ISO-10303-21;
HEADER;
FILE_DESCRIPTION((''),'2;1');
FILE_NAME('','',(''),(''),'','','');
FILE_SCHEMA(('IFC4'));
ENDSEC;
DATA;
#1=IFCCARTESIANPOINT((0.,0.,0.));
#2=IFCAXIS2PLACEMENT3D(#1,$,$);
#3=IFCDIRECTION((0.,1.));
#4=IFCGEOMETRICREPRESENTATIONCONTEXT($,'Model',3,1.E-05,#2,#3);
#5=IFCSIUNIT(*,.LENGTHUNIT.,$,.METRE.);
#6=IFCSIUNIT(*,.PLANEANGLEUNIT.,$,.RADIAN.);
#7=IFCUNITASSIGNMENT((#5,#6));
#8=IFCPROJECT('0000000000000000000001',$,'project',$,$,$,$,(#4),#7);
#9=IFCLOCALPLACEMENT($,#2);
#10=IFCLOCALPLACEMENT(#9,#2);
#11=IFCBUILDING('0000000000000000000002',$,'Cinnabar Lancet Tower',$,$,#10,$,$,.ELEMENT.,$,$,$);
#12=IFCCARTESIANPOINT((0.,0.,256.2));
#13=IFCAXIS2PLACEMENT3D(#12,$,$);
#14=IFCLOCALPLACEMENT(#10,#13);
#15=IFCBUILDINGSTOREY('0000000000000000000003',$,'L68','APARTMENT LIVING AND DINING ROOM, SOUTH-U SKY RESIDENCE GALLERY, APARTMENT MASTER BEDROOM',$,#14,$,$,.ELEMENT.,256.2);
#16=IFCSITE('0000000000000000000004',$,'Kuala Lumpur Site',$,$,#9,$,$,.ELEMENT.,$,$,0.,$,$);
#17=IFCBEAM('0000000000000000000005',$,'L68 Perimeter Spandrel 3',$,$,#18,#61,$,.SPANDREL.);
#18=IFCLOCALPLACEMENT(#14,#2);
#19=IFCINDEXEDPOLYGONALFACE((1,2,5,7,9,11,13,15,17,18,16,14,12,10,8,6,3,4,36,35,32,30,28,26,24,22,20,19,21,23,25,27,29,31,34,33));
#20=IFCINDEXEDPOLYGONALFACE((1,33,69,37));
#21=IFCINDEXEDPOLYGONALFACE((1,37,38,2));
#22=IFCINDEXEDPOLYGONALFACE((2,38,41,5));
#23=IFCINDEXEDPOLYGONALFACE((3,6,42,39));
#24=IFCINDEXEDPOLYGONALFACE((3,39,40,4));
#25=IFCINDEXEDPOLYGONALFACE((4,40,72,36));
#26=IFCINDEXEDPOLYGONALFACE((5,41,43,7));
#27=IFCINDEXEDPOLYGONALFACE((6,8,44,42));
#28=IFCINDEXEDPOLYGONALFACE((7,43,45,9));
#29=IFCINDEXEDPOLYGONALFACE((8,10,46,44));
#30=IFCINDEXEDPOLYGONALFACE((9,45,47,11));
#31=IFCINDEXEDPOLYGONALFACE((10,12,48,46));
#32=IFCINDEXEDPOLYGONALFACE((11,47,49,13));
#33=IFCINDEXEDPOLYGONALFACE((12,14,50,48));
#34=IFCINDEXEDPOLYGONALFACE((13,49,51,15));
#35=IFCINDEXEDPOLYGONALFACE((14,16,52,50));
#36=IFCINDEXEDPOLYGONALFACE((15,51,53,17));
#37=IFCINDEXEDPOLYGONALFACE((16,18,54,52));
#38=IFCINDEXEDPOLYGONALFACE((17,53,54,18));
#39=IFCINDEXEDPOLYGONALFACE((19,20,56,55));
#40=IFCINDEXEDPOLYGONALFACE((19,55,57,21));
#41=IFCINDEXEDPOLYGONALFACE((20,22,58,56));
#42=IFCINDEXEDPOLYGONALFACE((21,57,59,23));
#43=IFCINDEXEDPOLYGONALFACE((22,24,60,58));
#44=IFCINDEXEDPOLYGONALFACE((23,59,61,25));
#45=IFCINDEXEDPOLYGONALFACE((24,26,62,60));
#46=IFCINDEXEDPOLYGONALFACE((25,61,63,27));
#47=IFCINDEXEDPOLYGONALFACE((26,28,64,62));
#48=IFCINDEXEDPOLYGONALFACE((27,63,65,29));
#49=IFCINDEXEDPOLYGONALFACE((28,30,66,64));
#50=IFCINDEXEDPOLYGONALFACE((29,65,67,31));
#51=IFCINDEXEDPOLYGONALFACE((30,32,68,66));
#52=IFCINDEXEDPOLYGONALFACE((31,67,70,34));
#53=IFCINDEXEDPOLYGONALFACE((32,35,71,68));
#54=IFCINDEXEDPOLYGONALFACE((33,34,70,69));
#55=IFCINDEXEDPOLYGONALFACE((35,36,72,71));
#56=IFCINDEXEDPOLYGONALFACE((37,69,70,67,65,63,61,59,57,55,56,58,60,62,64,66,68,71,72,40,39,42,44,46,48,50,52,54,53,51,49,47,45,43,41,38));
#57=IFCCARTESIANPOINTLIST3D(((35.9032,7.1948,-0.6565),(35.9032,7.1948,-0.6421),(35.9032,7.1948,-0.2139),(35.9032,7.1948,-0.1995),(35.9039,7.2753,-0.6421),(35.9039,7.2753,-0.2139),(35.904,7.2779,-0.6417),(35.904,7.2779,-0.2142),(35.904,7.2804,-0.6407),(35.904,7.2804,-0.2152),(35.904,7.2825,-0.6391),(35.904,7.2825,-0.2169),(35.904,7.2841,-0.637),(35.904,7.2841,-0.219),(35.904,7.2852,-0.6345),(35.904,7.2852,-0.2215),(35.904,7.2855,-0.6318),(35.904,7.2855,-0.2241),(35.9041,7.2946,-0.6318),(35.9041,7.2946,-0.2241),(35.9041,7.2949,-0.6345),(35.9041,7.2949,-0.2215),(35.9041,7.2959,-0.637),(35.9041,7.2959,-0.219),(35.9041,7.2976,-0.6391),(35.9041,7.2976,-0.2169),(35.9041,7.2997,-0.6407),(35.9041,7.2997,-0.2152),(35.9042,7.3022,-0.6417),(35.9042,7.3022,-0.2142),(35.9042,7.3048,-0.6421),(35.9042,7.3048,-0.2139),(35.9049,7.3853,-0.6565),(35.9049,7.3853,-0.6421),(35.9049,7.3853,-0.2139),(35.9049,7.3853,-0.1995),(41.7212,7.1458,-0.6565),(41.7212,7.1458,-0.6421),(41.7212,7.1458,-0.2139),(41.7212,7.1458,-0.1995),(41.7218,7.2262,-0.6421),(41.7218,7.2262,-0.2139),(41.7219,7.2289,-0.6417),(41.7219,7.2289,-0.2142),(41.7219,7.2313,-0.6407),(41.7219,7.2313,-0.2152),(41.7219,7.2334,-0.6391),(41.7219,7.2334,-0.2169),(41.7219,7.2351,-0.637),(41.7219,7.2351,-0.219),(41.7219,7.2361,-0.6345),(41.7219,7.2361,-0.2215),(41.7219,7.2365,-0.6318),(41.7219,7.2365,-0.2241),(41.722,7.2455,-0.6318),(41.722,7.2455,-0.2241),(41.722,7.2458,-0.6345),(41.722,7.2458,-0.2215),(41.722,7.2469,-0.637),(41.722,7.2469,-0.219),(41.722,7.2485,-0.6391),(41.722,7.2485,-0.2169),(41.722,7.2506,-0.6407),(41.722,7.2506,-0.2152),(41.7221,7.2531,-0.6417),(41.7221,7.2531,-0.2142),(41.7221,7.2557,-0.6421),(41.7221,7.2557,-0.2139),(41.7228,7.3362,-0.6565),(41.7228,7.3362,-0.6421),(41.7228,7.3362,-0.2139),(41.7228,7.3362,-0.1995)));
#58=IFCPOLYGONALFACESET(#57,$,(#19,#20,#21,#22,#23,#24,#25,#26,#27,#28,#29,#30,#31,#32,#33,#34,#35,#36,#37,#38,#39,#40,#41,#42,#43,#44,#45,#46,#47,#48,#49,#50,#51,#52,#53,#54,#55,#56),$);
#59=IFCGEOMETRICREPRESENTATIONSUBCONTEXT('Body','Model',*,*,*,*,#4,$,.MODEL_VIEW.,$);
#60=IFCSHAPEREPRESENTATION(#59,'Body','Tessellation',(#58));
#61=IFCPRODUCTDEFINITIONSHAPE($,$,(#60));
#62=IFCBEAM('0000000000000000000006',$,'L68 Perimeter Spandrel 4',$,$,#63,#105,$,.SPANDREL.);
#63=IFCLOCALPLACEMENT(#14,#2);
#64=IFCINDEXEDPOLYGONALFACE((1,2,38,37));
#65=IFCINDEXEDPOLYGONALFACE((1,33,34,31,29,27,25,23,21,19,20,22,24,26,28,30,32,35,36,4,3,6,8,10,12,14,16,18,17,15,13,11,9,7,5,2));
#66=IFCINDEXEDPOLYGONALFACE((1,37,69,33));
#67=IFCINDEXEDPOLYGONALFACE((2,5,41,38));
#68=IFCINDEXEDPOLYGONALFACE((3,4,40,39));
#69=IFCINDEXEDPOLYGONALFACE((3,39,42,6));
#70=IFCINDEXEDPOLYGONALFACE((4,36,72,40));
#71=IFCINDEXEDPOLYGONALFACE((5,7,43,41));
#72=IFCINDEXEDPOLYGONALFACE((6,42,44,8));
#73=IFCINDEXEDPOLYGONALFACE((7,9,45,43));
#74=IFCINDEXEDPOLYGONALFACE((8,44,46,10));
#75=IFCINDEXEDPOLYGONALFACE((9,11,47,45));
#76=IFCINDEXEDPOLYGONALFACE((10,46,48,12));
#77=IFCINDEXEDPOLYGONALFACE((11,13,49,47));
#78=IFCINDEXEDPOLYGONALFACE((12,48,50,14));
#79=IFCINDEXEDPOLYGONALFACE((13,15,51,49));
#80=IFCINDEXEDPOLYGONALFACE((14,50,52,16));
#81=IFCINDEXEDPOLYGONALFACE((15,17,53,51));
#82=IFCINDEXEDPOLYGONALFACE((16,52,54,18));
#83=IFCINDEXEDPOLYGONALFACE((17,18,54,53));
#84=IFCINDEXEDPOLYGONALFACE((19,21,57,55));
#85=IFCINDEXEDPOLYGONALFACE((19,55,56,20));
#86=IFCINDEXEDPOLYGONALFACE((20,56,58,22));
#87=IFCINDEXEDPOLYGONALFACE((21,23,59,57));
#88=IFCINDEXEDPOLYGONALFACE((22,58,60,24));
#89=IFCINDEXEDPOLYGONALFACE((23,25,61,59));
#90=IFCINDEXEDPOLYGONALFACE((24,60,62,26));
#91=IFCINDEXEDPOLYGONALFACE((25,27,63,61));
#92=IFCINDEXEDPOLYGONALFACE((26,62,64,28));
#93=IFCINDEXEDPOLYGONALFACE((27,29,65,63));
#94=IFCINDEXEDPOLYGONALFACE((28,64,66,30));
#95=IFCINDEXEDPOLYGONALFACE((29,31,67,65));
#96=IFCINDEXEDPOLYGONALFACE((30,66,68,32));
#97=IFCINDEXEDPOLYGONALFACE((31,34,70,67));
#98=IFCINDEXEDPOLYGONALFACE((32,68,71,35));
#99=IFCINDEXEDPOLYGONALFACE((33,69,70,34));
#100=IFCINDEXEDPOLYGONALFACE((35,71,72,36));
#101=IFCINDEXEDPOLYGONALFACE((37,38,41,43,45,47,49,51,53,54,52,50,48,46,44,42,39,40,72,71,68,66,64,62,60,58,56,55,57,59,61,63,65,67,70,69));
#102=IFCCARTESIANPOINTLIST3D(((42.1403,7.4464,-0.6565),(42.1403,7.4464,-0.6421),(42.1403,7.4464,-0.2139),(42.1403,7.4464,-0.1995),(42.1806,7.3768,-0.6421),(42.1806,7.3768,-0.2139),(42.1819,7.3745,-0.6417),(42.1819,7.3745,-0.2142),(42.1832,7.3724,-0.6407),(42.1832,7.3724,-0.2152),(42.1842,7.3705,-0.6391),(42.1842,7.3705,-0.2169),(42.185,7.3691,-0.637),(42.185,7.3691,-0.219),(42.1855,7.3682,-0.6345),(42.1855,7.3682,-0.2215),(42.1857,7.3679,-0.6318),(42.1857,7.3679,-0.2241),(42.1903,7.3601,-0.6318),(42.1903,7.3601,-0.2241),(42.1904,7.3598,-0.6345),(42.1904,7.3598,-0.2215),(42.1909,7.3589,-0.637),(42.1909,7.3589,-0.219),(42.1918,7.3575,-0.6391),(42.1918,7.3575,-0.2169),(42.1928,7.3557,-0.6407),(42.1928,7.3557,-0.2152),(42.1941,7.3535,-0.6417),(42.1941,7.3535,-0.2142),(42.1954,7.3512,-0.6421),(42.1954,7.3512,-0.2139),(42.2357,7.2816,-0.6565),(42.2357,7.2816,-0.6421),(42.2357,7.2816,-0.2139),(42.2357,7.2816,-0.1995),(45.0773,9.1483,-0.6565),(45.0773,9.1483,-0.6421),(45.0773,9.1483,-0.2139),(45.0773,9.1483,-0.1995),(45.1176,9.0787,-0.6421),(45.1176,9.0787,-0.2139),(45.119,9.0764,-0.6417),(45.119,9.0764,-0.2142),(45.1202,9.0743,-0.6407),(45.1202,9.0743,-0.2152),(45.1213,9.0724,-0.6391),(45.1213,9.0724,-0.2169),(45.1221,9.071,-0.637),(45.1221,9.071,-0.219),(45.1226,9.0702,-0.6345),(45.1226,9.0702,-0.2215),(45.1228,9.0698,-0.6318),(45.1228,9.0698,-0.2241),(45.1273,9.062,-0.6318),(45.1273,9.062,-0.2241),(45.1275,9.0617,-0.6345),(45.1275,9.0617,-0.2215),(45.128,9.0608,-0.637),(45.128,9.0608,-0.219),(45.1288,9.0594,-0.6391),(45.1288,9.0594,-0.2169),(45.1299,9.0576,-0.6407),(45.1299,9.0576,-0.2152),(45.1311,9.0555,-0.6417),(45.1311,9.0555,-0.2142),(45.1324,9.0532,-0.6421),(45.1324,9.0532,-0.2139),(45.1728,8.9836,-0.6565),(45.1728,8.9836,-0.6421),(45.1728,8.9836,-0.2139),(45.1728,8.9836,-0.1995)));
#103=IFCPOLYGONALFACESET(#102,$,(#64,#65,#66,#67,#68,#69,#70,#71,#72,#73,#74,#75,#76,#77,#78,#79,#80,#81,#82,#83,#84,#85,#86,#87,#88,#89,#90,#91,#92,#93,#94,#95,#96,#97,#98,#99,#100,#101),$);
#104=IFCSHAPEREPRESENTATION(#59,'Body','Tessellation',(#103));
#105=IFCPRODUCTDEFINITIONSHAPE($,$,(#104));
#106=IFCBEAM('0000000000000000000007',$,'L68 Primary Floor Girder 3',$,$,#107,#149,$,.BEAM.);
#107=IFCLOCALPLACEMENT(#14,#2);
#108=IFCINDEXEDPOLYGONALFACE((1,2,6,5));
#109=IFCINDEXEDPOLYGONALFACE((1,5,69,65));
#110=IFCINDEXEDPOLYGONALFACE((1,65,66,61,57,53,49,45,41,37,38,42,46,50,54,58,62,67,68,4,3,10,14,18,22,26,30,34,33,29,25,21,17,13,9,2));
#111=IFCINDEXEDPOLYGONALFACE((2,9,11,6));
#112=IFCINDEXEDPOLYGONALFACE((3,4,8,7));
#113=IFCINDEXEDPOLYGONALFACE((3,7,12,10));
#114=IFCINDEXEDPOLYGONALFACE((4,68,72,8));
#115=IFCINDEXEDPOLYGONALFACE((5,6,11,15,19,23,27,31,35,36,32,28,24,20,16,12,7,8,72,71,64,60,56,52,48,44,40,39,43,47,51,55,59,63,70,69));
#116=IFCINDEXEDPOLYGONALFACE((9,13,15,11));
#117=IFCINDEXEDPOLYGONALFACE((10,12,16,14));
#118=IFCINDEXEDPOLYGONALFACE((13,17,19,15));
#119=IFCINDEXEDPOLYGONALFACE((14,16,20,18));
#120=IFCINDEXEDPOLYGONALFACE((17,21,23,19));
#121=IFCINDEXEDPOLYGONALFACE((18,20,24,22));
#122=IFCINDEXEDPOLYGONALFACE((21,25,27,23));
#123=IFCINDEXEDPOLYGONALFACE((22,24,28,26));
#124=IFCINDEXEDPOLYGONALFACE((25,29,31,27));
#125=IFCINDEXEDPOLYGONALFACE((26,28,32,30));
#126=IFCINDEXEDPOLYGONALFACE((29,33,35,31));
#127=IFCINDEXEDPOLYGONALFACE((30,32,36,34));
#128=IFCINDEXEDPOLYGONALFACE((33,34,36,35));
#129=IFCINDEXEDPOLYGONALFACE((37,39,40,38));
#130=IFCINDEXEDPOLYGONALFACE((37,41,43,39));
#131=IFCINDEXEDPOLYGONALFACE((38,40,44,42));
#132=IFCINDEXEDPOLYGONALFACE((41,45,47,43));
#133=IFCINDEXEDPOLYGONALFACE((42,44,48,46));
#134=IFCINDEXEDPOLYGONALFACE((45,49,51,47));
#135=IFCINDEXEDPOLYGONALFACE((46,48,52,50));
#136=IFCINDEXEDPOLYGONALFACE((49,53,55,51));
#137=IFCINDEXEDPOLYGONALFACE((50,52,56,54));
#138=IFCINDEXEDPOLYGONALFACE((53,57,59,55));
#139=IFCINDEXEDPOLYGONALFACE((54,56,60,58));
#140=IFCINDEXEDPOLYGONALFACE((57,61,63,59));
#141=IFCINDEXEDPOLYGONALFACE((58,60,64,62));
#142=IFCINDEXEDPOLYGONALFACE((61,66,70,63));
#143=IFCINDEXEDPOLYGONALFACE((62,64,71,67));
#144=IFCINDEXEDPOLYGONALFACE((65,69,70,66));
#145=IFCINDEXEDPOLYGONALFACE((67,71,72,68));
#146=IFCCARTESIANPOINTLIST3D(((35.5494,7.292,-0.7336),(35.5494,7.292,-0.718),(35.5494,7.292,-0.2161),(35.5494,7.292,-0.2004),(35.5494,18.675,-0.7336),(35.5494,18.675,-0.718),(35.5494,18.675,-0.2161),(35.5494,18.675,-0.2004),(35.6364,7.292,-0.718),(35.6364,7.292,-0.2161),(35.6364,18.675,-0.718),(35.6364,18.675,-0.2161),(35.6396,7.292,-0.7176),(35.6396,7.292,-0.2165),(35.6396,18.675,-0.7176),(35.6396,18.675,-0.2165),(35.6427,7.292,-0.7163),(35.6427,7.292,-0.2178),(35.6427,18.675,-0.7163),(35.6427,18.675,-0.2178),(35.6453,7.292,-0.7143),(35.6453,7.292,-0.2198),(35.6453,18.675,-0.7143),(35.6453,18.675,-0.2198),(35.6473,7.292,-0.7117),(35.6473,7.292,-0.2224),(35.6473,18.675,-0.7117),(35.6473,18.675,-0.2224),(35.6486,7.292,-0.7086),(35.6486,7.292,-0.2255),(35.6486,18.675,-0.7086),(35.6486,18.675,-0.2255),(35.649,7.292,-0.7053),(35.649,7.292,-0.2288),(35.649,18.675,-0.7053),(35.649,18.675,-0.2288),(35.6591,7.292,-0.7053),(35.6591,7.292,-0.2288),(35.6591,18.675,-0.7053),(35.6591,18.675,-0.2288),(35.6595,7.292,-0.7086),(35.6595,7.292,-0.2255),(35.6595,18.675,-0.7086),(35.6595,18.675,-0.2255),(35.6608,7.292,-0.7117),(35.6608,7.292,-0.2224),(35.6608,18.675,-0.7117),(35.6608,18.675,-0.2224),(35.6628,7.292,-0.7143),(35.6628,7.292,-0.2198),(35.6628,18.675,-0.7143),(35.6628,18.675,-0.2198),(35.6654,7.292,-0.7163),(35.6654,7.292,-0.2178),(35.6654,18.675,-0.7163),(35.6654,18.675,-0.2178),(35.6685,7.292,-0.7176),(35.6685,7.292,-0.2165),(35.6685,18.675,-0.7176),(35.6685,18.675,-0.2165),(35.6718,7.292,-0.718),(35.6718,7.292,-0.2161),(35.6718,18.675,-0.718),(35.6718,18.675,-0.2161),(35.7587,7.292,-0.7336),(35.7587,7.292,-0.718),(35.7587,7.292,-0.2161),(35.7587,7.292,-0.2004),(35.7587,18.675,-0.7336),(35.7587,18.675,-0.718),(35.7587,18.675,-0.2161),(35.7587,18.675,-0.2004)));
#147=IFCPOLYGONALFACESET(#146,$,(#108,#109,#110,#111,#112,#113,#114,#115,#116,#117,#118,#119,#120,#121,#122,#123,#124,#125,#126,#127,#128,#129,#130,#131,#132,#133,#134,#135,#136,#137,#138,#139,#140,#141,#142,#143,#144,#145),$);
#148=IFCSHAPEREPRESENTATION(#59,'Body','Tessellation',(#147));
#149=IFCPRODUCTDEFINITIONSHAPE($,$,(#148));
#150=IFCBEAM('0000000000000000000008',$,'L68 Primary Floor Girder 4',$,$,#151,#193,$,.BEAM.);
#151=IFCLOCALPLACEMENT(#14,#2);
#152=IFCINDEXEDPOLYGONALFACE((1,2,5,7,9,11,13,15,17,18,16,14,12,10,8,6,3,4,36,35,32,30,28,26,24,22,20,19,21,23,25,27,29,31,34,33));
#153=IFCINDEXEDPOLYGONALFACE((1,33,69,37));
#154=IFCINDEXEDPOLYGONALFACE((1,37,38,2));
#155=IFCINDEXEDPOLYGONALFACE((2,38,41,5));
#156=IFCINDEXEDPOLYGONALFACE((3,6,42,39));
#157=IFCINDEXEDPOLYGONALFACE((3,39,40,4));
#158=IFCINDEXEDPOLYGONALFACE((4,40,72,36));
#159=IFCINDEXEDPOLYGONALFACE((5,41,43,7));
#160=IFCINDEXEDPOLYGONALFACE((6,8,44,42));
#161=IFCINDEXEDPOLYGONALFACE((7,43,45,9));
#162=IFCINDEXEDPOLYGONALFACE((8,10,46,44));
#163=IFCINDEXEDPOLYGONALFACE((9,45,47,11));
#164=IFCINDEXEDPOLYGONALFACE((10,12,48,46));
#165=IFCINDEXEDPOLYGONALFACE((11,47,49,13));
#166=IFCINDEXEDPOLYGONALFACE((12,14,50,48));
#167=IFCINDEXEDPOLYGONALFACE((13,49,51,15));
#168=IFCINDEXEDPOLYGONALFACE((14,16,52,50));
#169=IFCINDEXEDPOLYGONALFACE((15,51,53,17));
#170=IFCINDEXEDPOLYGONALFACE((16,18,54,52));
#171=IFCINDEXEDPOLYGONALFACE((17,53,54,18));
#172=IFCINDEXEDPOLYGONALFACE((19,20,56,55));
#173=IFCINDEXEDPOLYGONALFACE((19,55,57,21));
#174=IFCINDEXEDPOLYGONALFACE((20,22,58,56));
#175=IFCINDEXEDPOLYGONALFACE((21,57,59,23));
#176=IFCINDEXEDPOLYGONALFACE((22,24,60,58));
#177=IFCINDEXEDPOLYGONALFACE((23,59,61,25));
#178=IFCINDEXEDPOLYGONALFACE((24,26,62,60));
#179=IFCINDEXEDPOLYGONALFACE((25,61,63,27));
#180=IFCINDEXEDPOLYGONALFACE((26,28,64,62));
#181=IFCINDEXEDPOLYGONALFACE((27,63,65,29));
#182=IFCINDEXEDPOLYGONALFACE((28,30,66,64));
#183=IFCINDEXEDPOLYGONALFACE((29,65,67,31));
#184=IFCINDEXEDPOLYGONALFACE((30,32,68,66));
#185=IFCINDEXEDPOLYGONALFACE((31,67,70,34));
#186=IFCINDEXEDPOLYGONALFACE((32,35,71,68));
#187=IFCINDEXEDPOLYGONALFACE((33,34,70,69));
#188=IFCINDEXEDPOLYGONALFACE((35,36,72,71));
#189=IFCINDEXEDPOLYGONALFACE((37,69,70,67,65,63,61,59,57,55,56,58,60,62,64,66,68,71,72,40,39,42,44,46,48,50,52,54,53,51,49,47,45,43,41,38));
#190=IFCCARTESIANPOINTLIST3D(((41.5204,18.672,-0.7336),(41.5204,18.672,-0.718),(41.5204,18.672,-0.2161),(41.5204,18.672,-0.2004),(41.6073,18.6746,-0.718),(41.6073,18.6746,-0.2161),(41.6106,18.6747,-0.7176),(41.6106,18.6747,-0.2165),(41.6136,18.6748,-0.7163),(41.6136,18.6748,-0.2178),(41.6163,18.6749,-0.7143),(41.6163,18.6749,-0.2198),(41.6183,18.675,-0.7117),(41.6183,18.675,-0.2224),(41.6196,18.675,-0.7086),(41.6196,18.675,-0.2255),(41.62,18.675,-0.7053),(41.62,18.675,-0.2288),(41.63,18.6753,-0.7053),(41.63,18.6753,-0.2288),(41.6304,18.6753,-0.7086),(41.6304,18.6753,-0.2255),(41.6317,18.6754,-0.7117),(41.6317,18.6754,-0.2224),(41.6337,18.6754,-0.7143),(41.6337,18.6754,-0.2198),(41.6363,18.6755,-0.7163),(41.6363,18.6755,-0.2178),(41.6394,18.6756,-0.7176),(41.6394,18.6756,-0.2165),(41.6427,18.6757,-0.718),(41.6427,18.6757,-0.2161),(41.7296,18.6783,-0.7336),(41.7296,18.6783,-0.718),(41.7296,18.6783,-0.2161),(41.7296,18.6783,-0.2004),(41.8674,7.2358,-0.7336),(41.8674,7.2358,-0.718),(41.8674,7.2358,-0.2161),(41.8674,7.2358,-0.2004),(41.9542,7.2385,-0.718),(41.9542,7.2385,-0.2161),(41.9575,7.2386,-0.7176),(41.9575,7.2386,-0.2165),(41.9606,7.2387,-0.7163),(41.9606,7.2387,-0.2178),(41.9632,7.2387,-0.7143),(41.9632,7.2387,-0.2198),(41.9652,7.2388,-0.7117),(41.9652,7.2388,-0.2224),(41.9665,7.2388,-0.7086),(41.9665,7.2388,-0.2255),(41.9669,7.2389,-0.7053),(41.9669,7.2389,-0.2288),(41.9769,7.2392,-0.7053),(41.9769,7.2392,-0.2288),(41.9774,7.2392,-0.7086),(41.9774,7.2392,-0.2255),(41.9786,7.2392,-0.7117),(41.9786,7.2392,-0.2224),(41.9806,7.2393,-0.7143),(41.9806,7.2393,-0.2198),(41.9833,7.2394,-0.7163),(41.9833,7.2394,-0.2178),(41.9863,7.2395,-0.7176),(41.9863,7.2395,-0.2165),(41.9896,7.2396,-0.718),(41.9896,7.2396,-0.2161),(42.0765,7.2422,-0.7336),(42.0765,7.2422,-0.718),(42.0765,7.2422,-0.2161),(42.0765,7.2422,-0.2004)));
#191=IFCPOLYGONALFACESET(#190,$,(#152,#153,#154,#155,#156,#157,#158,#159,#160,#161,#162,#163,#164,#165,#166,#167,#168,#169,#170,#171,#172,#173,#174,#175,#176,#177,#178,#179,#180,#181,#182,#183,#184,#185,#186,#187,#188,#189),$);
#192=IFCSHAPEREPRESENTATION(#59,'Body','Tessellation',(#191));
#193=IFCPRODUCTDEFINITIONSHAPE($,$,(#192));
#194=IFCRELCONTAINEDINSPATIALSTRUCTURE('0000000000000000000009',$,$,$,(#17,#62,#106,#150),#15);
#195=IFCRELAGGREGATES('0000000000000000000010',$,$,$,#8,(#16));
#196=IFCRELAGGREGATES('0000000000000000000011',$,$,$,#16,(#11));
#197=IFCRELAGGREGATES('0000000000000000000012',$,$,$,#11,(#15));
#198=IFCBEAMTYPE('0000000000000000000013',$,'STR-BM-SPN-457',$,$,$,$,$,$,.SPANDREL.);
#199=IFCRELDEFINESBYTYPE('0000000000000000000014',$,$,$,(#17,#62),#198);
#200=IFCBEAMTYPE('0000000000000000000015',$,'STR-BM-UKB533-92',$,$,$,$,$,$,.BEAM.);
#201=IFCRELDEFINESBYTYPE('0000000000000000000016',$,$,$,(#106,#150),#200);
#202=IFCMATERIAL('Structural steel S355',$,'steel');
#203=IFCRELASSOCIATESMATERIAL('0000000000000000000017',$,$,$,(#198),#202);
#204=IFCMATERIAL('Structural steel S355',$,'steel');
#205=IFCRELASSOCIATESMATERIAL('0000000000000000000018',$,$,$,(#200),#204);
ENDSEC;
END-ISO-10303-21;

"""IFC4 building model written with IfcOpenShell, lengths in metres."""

from ifc_helpers import new_model, si_unit, direction, frame, origin, origin_2d, place, context, subcontext, project, spatial, i_section, extrude, material, material_profile, profile_set, type_object, element, save


model = new_model("IFC4")

# Units and contexts
model_context = context("Model", 3, precision=1e-05, world=origin(), true_north=direction((0.0, 1.0)))
body_context = subcontext(model_context, "Body", "Model", "MODEL_VIEW")
ifc_project = project(units=[si_unit("LENGTHUNIT", "METRE"), si_unit("PLANEANGLEUNIT", "RADIAN")], contexts=[model_context])

# Site, building, storey
site_placement = place(None, origin())
site = spatial("IfcSite", under=ifc_project, at=site_placement, Name="Kuala Lumpur Site", CompositionType="ELEMENT", RefElevation=0.0)
building_placement = place(site_placement, origin())
building = spatial("IfcBuilding", under=site, at=building_placement, Name="Cinnabar Lancet Tower", CompositionType="ELEMENT")
storey_placement = place(building_placement, frame((0.0, 0.0, 256.2)))
storey = spatial("IfcBuildingStorey", under=building, at=storey_placement, Name="L68", Description="APARTMENT LIVING AND DINING ROOM, SOUTH-U SKY RESIDENCE GALLERY, APARTMENT MASTER BEDROOM", CompositionType="ELEMENT", Elevation=256.2)

# Beams
ifc_material_1 = material(Name="Structural steel S355", Category="steel")
ifc_material_profile_1 = material_profile(ifc_material_1, i_section(OverallWidth=0.1904, OverallDepth=0.457, WebThickness=0.009, FlangeThickness=0.0144, FilletRadius=0.0103, at=origin_2d()), Name="UKB 457x191x74")
ifc_profile_set_1 = profile_set([ifc_material_profile_1], Name="Structural steel S355")
beam_type_1 = type_object("IfcBeamType", Name="STR-BM-SPN-457", PredefinedType="SPANDREL", material=ifc_profile_set_1)
beam_1_placement = place(storey_placement, frame((35.9041, 7.29, -0.428), z_axis=(0.999964, -0.008434, 0.0), x_axis=(0.008434, 0.999964, 0.0)))
element("IfcBeam", 1, at=beam_1_placement, inside=storey, type_object=beam_type_1, Name="L68 Perimeter Spandrel 3", PredefinedType="SPANDREL", context=body_context, shape_type="SweptSolid", body=[
    extrude(i_section(OverallWidth=0.1904, OverallDepth=0.457, WebThickness=0.009, FlangeThickness=0.0144, FilletRadius=0.0103, at=origin_2d()), origin(), (0.0, 0.0, 1.0), 5.8181),
])
beam_2_placement = place(storey_placement, frame((42.188, 7.364, -0.428), z_axis=(0.865231, 0.501374, 0.0), x_axis=(-0.501374, 0.865231, 0.0)))
element("IfcBeam", 2, at=beam_2_placement, inside=storey, type_object=beam_type_1, Name="L68 Perimeter Spandrel 4", PredefinedType="SPANDREL", context=body_context, shape_type="SweptSolid", body=[
    extrude(i_section(OverallWidth=0.1904, OverallDepth=0.457, WebThickness=0.009, FlangeThickness=0.0144, FilletRadius=0.0103, at=origin_2d()), origin(), (0.0, 0.0, 1.0), 3.3945),
])
ifc_material_2 = material(Name="Structural steel S355", Category="steel")
ifc_material_profile_2 = material_profile(ifc_material_2, i_section(OverallWidth=0.2092, OverallDepth=0.5332, WebThickness=0.01, FlangeThickness=0.0156, FilletRadius=0.0127, at=origin_2d()), Name="UKB 533x210x92")
ifc_profile_set_2 = profile_set([ifc_material_profile_2], Name="Structural steel S355")
beam_type_2 = type_object("IfcBeamType", Name="STR-BM-UKB533-92", PredefinedType="BEAM", material=ifc_profile_set_2)
beam_3_placement = place(storey_placement, frame((35.6541, 7.292, -0.467), z_axis=(0.0, 1.0, 0.0), x_axis=(-1.0, 0.0, 0.0)))
element("IfcBeam", 3, at=beam_3_placement, inside=storey, type_object=beam_type_2, Name="L68 Primary Floor Girder 3", PredefinedType="BEAM", context=body_context, shape_type="SweptSolid", body=[
    extrude(i_section(OverallWidth=0.2092, OverallDepth=0.5332, WebThickness=0.01, FlangeThickness=0.0156, FilletRadius=0.0127, at=origin_2d()), origin(), (0.0, 0.0, 1.0), 11.3831),
])
beam_4_placement = place(storey_placement, frame((41.9719, 7.239, -0.467), z_axis=(-0.030322, 0.99954, 0.0), x_axis=(-0.99954, -0.030322, 0.0)))
element("IfcBeam", 4, at=beam_4_placement, inside=storey, type_object=beam_type_2, Name="L68 Primary Floor Girder 4", PredefinedType="BEAM", context=body_context, shape_type="SweptSolid", body=[
    extrude(i_section(OverallWidth=0.2092, OverallDepth=0.5332, WebThickness=0.01, FlangeThickness=0.0156, FilletRadius=0.0127, at=origin_2d()), origin(), (0.0, 0.0, 1.0), 11.4414),
])

save(model, "model.ifc")
